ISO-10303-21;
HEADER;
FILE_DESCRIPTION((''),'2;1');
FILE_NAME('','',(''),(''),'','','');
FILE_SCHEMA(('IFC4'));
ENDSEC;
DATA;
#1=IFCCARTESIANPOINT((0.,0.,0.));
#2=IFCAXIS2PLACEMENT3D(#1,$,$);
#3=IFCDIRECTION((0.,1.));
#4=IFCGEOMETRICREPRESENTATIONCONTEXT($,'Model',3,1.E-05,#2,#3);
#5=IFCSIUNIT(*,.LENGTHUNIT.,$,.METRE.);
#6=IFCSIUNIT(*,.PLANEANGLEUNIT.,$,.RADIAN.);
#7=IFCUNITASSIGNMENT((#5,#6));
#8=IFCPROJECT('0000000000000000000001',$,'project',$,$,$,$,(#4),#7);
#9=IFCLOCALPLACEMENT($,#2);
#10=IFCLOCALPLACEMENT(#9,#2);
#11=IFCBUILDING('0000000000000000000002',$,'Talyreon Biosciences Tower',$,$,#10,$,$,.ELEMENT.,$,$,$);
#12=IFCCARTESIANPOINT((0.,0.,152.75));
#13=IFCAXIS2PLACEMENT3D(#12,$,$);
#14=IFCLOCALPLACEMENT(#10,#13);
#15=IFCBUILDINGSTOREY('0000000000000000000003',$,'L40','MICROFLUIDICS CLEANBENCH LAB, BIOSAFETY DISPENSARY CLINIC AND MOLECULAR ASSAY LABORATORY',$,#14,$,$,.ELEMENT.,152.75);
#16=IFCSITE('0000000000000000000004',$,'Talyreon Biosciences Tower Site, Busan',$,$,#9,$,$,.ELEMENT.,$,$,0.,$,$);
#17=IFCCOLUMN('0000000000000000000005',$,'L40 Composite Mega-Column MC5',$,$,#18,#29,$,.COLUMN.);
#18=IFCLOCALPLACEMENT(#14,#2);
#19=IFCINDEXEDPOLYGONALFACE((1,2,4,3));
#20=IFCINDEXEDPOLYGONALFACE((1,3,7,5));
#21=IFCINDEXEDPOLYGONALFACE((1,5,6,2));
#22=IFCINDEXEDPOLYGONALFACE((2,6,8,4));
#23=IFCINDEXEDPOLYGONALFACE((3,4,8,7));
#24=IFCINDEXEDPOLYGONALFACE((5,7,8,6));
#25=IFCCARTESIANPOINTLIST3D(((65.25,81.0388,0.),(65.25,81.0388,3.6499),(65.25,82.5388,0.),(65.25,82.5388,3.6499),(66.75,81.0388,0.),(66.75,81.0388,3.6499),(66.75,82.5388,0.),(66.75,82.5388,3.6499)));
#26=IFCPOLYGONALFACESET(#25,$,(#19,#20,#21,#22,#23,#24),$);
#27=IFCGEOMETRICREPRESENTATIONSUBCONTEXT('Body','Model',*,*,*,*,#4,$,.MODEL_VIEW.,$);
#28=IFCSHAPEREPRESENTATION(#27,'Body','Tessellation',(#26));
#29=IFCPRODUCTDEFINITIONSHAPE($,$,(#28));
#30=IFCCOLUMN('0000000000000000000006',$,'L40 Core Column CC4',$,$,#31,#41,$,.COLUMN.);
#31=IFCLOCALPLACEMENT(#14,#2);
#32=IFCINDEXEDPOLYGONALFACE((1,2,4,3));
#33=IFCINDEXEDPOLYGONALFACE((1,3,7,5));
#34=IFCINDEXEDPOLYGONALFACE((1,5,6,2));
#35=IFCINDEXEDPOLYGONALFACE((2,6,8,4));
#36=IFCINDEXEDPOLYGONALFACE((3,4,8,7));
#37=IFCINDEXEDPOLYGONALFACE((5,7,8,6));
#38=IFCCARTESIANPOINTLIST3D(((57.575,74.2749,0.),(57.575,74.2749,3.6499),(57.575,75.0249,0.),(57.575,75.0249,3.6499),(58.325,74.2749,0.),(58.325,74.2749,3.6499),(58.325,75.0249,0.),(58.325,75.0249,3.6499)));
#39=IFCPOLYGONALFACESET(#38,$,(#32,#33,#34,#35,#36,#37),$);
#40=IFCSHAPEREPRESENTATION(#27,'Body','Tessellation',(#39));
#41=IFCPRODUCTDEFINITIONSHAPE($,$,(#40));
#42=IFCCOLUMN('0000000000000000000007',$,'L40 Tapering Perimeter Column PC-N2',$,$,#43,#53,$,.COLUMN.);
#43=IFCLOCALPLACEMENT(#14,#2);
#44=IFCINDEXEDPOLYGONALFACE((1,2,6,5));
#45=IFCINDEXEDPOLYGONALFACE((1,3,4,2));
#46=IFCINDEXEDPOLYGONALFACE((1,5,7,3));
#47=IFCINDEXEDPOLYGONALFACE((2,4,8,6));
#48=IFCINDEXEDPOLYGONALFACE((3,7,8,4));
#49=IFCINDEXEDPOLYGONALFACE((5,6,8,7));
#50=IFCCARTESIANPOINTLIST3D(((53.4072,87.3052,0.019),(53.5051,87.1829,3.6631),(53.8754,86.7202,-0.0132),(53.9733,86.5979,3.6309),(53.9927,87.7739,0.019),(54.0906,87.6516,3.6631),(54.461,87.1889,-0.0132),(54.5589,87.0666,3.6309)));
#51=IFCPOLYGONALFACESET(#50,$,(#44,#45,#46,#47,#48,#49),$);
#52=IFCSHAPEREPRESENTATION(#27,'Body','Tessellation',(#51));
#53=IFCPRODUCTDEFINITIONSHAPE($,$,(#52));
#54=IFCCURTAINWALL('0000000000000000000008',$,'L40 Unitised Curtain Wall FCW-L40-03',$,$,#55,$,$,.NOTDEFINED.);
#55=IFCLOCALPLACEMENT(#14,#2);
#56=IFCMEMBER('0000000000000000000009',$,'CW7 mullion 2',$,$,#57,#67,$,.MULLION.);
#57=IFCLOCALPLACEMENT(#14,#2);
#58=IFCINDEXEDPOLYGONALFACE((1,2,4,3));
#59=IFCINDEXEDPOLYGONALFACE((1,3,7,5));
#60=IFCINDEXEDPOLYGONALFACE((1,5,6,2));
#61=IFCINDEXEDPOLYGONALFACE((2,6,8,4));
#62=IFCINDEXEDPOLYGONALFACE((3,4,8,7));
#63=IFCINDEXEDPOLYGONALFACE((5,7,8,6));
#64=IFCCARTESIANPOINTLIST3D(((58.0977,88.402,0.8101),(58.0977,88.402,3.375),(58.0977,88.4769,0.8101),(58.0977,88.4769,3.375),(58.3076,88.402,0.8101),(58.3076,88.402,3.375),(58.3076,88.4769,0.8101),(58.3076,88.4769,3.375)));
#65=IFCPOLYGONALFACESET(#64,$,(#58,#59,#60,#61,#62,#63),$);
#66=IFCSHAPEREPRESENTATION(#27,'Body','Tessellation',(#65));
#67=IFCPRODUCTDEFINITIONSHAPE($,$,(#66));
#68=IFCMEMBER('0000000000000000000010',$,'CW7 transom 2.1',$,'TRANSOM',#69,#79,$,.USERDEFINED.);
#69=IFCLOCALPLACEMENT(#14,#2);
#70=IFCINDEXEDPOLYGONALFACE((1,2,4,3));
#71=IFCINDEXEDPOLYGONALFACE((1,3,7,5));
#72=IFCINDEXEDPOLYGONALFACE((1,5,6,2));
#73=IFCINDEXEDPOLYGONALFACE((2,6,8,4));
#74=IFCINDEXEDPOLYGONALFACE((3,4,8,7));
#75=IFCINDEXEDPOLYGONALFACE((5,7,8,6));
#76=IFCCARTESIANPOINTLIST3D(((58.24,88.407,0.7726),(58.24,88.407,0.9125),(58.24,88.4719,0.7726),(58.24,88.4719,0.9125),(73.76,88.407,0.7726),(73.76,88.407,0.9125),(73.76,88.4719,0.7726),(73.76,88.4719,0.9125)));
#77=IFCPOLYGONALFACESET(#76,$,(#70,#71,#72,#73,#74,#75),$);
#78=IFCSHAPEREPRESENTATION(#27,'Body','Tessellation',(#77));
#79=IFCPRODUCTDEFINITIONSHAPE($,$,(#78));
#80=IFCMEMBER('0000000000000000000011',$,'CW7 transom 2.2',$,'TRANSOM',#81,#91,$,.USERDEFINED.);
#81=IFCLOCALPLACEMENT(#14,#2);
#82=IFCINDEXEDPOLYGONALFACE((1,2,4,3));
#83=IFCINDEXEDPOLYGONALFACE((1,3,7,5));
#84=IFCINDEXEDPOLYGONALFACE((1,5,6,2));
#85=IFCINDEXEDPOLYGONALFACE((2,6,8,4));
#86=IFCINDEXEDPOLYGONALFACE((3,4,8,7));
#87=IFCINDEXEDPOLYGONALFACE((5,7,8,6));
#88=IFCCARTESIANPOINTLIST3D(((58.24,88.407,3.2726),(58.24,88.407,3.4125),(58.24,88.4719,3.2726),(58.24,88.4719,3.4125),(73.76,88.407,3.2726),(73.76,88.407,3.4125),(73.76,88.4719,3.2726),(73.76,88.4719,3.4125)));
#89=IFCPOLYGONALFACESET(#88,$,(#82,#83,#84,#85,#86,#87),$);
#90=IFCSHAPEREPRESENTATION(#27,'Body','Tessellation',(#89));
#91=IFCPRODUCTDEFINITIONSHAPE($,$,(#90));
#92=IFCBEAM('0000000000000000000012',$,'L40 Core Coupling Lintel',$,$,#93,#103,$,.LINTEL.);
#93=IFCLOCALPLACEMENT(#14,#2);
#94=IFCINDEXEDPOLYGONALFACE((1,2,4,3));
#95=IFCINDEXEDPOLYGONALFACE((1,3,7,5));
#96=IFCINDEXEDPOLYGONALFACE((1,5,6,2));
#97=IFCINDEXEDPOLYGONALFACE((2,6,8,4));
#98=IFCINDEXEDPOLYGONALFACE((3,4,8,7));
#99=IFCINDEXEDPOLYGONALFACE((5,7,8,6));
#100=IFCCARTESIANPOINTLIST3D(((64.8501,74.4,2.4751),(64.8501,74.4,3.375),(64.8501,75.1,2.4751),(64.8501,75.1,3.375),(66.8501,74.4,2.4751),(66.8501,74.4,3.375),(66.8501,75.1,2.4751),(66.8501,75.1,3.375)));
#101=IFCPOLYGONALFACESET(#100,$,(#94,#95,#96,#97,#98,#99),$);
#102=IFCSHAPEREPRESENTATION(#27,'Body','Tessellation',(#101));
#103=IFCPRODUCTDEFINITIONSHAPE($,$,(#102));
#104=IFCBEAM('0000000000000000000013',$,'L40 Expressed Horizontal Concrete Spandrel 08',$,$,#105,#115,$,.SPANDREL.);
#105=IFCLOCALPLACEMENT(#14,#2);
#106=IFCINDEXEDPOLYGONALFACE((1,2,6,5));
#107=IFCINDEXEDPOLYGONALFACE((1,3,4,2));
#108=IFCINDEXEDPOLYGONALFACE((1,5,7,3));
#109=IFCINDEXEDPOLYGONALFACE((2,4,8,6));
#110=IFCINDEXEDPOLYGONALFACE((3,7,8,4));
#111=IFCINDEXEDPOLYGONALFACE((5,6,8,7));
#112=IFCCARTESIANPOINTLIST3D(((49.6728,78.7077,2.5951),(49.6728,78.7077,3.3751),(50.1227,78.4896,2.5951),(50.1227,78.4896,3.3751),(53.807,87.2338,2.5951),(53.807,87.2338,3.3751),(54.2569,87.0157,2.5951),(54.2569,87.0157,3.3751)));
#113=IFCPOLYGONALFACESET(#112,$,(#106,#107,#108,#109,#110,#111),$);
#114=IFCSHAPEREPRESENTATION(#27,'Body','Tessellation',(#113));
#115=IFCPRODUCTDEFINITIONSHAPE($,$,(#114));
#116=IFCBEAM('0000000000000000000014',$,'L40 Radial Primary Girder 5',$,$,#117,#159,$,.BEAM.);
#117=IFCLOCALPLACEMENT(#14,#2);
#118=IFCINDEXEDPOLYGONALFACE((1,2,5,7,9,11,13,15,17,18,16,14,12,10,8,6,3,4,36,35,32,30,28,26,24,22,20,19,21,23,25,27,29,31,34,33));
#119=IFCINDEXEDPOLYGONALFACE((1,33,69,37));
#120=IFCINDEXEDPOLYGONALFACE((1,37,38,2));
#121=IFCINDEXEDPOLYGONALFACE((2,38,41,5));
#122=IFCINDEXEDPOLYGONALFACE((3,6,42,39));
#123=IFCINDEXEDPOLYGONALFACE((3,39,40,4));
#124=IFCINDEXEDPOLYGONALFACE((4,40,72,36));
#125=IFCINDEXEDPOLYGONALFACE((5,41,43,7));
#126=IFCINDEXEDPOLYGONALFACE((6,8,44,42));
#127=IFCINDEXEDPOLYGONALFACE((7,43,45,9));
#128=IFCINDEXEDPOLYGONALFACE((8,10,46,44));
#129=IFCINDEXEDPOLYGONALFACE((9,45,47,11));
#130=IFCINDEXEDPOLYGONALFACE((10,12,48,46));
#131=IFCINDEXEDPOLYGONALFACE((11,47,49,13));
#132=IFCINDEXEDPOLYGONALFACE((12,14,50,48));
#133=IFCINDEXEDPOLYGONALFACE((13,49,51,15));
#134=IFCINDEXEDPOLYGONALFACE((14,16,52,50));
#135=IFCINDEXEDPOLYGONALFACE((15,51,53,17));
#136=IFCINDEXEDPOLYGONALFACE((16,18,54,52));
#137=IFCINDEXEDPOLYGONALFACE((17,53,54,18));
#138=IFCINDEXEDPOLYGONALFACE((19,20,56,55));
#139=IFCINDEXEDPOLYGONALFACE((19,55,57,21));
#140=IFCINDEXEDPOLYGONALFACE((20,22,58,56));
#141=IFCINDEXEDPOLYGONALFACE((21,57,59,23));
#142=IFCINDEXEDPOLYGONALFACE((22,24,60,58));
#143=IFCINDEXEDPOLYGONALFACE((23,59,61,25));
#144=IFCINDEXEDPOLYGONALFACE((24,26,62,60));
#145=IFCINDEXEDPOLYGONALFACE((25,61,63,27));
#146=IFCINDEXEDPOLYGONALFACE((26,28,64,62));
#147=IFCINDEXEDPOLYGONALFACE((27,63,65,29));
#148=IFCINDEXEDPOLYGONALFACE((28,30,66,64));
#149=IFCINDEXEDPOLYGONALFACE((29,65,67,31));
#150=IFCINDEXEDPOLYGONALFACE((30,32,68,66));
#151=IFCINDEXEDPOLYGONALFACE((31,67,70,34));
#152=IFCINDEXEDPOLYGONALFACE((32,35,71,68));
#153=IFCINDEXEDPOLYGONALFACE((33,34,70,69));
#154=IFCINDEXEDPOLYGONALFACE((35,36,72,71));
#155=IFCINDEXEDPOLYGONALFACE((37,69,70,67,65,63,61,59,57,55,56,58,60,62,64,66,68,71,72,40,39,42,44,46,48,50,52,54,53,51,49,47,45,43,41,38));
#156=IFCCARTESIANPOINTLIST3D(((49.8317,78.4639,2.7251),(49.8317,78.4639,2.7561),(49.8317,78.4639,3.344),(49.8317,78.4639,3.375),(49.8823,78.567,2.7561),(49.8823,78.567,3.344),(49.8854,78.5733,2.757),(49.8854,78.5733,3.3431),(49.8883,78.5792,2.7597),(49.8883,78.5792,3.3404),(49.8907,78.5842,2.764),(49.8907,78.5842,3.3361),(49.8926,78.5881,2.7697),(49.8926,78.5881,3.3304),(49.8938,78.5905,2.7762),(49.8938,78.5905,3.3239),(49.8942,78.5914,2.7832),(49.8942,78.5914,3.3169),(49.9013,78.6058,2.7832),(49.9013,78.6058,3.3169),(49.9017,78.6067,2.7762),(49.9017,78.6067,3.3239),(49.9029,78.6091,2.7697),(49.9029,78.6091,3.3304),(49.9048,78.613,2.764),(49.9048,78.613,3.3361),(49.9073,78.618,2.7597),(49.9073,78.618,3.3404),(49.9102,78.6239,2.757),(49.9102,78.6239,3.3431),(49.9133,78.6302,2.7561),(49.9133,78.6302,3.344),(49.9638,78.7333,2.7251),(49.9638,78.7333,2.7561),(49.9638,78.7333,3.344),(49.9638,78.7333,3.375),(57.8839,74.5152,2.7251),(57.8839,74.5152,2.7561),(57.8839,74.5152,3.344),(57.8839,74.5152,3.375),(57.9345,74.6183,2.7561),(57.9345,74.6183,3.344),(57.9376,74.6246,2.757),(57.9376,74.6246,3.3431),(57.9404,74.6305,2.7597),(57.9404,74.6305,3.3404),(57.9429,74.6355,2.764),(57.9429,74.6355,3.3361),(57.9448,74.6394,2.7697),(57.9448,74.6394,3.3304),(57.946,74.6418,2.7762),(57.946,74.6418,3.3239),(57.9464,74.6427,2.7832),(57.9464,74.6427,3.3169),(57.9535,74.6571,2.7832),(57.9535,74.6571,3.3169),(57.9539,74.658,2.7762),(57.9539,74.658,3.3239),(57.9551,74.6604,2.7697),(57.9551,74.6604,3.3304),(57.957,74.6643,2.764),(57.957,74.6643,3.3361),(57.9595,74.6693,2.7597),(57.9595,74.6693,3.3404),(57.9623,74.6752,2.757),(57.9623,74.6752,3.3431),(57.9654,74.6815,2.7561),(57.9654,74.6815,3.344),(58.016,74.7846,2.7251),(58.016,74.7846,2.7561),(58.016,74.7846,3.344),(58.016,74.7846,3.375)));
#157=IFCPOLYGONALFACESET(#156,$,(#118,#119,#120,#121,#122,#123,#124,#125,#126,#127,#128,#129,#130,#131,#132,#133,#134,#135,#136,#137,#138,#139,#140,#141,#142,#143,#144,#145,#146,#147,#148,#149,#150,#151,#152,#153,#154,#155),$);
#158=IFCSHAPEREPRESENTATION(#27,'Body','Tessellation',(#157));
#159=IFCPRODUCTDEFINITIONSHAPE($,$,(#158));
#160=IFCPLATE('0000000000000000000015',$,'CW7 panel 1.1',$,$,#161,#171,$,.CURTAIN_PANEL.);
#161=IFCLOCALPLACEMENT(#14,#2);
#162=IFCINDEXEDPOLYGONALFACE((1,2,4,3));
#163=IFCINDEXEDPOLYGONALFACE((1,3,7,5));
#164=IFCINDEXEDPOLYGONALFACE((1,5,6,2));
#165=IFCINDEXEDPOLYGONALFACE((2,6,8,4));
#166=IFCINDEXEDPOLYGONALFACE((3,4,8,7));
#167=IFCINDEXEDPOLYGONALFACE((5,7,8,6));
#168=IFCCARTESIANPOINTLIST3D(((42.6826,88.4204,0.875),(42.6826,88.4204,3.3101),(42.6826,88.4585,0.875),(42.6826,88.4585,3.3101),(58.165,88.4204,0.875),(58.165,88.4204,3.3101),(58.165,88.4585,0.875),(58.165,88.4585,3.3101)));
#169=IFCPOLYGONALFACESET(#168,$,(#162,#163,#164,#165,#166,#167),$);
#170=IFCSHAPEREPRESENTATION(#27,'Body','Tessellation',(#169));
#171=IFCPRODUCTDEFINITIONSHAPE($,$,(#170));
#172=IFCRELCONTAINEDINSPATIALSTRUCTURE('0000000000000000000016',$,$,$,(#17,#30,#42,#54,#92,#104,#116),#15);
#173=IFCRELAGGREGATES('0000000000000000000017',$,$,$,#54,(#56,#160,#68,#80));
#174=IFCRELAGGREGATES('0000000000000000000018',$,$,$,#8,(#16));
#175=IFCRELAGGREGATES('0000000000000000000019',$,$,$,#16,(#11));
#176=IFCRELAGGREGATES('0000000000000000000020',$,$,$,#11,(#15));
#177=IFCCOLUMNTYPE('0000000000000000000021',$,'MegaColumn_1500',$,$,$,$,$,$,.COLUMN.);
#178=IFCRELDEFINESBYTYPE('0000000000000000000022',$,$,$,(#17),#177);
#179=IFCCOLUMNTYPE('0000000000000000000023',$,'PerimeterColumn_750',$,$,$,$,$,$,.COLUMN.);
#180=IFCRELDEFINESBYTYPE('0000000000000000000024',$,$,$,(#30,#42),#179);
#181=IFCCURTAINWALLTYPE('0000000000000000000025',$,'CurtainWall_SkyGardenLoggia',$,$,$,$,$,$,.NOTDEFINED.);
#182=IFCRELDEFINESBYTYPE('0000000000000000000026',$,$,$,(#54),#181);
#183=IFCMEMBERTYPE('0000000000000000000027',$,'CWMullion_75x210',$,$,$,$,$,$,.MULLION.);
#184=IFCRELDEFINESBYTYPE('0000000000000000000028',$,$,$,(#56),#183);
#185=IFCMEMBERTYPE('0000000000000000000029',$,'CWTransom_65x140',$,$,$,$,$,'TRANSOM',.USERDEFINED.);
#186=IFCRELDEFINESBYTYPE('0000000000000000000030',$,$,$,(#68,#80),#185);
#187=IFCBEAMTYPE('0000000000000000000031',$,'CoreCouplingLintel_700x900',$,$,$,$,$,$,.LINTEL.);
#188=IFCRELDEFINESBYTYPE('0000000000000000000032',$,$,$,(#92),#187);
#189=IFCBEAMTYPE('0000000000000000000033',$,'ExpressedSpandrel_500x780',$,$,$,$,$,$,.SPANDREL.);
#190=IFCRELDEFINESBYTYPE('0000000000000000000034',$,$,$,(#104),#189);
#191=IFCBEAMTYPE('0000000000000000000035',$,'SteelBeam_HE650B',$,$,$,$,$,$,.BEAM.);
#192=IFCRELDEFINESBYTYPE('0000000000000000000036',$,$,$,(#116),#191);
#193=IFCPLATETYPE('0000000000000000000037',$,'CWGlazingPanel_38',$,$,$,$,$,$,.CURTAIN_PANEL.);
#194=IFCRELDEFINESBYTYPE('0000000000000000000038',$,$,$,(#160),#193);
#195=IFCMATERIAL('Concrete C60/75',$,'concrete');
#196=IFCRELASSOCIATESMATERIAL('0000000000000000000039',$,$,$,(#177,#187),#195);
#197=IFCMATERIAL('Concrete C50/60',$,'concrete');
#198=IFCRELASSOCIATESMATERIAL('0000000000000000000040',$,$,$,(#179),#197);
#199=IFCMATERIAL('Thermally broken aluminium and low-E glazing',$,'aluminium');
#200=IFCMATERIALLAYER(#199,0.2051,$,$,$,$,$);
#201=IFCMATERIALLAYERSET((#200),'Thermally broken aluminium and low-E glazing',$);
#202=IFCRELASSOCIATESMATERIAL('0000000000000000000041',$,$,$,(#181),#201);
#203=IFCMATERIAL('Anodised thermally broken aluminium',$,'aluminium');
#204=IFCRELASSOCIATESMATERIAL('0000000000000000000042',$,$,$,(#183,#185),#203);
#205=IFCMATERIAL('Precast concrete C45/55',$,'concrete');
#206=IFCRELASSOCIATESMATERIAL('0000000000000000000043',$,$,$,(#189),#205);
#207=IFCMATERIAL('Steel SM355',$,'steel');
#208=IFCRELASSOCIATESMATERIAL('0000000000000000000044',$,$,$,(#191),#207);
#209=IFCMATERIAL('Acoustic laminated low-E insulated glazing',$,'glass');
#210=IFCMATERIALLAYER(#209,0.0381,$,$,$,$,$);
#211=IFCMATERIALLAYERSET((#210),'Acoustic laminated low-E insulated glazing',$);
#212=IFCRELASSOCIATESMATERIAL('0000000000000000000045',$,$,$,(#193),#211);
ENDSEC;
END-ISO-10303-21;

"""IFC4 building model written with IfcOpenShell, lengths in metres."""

from ifc_helpers import new_model, si_unit, direction, frame, origin, origin_2d, place, context, subcontext, project, spatial, rectangle, i_section, extrude, material, layer, layer_set, material_profile, profile_set, type_object, element, aggregate, save


model = new_model("IFC4")

# Units and contexts
model_context = context("Model", 3, precision=1e-05, world=origin(), true_north=direction((0.0, 1.0)))
body_context = subcontext(model_context, "Body", "Model", "MODEL_VIEW")
ifc_project = project(units=[si_unit("LENGTHUNIT", "METRE"), si_unit("PLANEANGLEUNIT", "RADIAN")], contexts=[model_context])

# Site, building, storey
site_placement = place(None, origin())
site = spatial("IfcSite", under=ifc_project, at=site_placement, Name="Talyreon Biosciences Tower Site, Busan", CompositionType="ELEMENT", RefElevation=0.0)
building_placement = place(site_placement, origin())
building = spatial("IfcBuilding", under=site, at=building_placement, Name="Talyreon Biosciences Tower", CompositionType="ELEMENT")
storey_placement = place(building_placement, frame((0.0, 0.0, 152.75)))
storey = spatial("IfcBuildingStorey", under=building, at=storey_placement, Name="L40", Description="MICROFLUIDICS CLEANBENCH LAB, BIOSAFETY DISPENSARY CLINIC AND MOLECULAR ASSAY LABORATORY", CompositionType="ELEMENT", Elevation=152.75)

# Columns
ifc_material_1 = material(Name="Concrete C60/75", Category="concrete")
ifc_material_profile_1 = material_profile(ifc_material_1, rectangle(XDim=1.5, YDim=1.5, at=origin_2d()), Name="RC 1500x1500")
ifc_profile_set_1 = profile_set([ifc_material_profile_1], Name="Concrete C60/75")
column_type_1 = type_object("IfcColumnType", Name="MegaColumn_1500", PredefinedType="COLUMN", material=ifc_profile_set_1)
column_1_placement = place(storey_placement, frame((66.0, 81.7888, 0.0), z_axis=(0.0, 0.0, 1.0), x_axis=(1.0, 0.0, 0.0)))
element("IfcColumn", 1, at=column_1_placement, inside=storey, type_object=column_type_1, Name="L40 Composite Mega-Column MC5", PredefinedType="COLUMN", context=body_context, shape_type="SweptSolid", body=[
    extrude(rectangle(XDim=1.5, YDim=1.5, at=origin_2d()), origin(), (0.0, 0.0, 1.0), 3.6499),
])
ifc_material_2 = material(Name="Concrete C50/60", Category="concrete")
ifc_material_profile_2 = material_profile(ifc_material_2, rectangle(XDim=0.75, YDim=0.75, at=origin_2d()), Name="RC 750x750")
ifc_profile_set_2 = profile_set([ifc_material_profile_2], Name="Concrete C50/60")
column_type_2 = type_object("IfcColumnType", Name="PerimeterColumn_750", PredefinedType="COLUMN", material=ifc_profile_set_2)
column_2_placement = place(storey_placement, frame((57.95, 74.6499, 0.0), z_axis=(0.0, 0.0, 1.0), x_axis=(1.0, 0.0, 0.0)))
element("IfcColumn", 2, at=column_2_placement, inside=storey, type_object=column_type_2, Name="L40 Core Column CC4", PredefinedType="COLUMN", context=body_context, shape_type="SweptSolid", body=[
    extrude(rectangle(XDim=0.75, YDim=0.75, at=origin_2d()), origin(), (0.0, 0.0, 1.0), 3.6499),
])
column_3_placement = place(storey_placement, frame((53.9341, 87.2471, 0.0029), z_axis=(0.026841, -0.033535, 0.999077), x_axis=(-0.780717, -0.624885, 0.0)))
element("IfcColumn", 3, at=column_3_placement, inside=storey, type_object=column_type_2, Name="L40 Tapering Perimeter Column PC-N2", PredefinedType="COLUMN", context=body_context, shape_type="SweptSolid", body=[
    extrude(rectangle(XDim=0.75, YDim=0.75, at=origin_2d()), origin(), (0.0, 0.0, 1.0), 3.6475),
])

# Curtain wall, members
ifc_material_3 = material(Name="Thermally broken aluminium and low-E glazing", Category="aluminium")
ifc_layer_1 = layer(ifc_material_3, 0.2051)
ifc_layer_set_1 = layer_set([ifc_layer_1], Name="Thermally broken aluminium and low-E glazing")
curtain_wall_type = type_object("IfcCurtainWallType", Name="CurtainWall_SkyGardenLoggia", PredefinedType="NOTDEFINED", material=ifc_layer_set_1)
curtain_wall_placement = place(storey_placement, origin())
curtain_wall = element("IfcCurtainWall", 4, at=curtain_wall_placement, inside=storey, type_object=curtain_wall_type, Name="L40 Unitised Curtain Wall FCW-L40-03", PredefinedType="NOTDEFINED")
ifc_material_4 = material(Name="Anodised thermally broken aluminium", Category="aluminium")
ifc_material_profile_3 = material_profile(ifc_material_4, rectangle(XDim=0.075, YDim=0.21, at=origin_2d()), Name="ALUM MULLION 75x210")
ifc_profile_set_3 = profile_set([ifc_material_profile_3], Name="Anodised thermally broken aluminium")
member_type_1 = type_object("IfcMemberType", Name="CWMullion_75x210", PredefinedType="MULLION", material=ifc_profile_set_3)
member_1_placement = place(storey_placement, frame((58.2026, 88.4395, 0.8101), z_axis=(0.0, 0.0, 1.0), x_axis=(0.0, 1.0, 0.0)))
member_1 = element("IfcMember", 5, at=member_1_placement, type_object=member_type_1, Name="CW7 mullion 2", PredefinedType="MULLION", context=body_context, shape_type="SweptSolid", body=[
    extrude(rectangle(XDim=0.075, YDim=0.21, at=origin_2d()), origin(), (0.0, 0.0, 1.0), 2.5649),
])
ifc_material_profile_4 = material_profile(ifc_material_4, rectangle(XDim=0.0649, YDim=0.1399, at=origin_2d()), Name="ALUM TRANSOM 65x140")
ifc_profile_set_4 = profile_set([ifc_material_profile_4], Name="Anodised thermally broken aluminium")
member_type_2 = type_object("IfcMemberType", Name="CWTransom_65x140", ElementType="TRANSOM", PredefinedType="USERDEFINED", material=ifc_profile_set_4)
member_2_placement = place(storey_placement, frame((58.24, 88.4395, 0.8425), z_axis=(1.0, 0.0, 0.0), x_axis=(0.0, 1.0, 0.0)))
member_2 = element("IfcMember", 6, at=member_2_placement, type_object=member_type_2, Name="CW7 transom 2.1", ObjectType="TRANSOM", PredefinedType="USERDEFINED", context=body_context, shape_type="SweptSolid", body=[
    extrude(rectangle(XDim=0.0649, YDim=0.1399, at=origin_2d()), origin(), (0.0, 0.0, 1.0), 15.52),
])
member_3_placement = place(storey_placement, frame((58.24, 88.4395, 3.3425), z_axis=(1.0, 0.0, 0.0), x_axis=(0.0, 1.0, 0.0)))
member_3 = element("IfcMember", 7, at=member_3_placement, type_object=member_type_2, Name="CW7 transom 2.2", ObjectType="TRANSOM", PredefinedType="USERDEFINED", context=body_context, shape_type="SweptSolid", body=[
    extrude(rectangle(XDim=0.0649, YDim=0.1399, at=origin_2d()), origin(), (0.0, 0.0, 1.0), 15.52),
])

# Beams
ifc_material_profile_5 = material_profile(ifc_material_1, rectangle(XDim=0.7, YDim=0.8999, at=origin_2d()), Name="RCB 700x900")
ifc_profile_set_5 = profile_set([ifc_material_profile_5], Name="Concrete C60/75")
beam_type_1 = type_object("IfcBeamType", Name="CoreCouplingLintel_700x900", PredefinedType="LINTEL", material=ifc_profile_set_5)
beam_1_placement = place(storey_placement, frame((64.8501, 74.75, 2.925), z_axis=(1.0, 0.0, 0.0), x_axis=(0.0, 1.0, 0.0)))
element("IfcBeam", 8, at=beam_1_placement, inside=storey, type_object=beam_type_1, Name="L40 Core Coupling Lintel", PredefinedType="LINTEL", context=body_context, shape_type="SweptSolid", body=[
    extrude(rectangle(XDim=0.7, YDim=0.8999, at=origin_2d()), origin(), (0.0, 0.0, 1.0), 2.0),
])
ifc_material_5 = material(Name="Precast concrete C45/55", Category="concrete")
ifc_material_profile_6 = material_profile(ifc_material_5, rectangle(XDim=0.5, YDim=0.78, at=origin_2d()), Name="RCB 500x780")
ifc_profile_set_6 = profile_set([ifc_material_profile_6], Name="Precast concrete C45/55")
beam_type_2 = type_object("IfcBeamType", Name="ExpressedSpandrel_500x780", PredefinedType="SPANDREL", material=ifc_profile_set_6)
beam_2_placement = place(storey_placement, frame((54.032, 87.1248, 2.9851), z_axis=(-0.436308, -0.899798, 0.0), x_axis=(0.899798, -0.436308, 0.0)))
element("IfcBeam", 9, at=beam_2_placement, inside=storey, type_object=beam_type_2, Name="L40 Expressed Horizontal Concrete Spandrel 08", PredefinedType="SPANDREL", context=body_context, shape_type="SweptSolid", body=[
    extrude(rectangle(XDim=0.5, YDim=0.78, at=origin_2d()), origin(), (0.0, 0.0, 1.0), 9.4756),
])
ifc_material_6 = material(Name="Steel SM355", Category="steel")
ifc_material_profile_7 = material_profile(ifc_material_6, i_section(OverallWidth=0.3, OverallDepth=0.6499, WebThickness=0.0161, FlangeThickness=0.031, FilletRadius=0.0271, at=origin_2d()), Name="HE650B")
ifc_profile_set_7 = profile_set([ifc_material_profile_7], Name="Steel SM355")
beam_type_3 = type_object("IfcBeamType", Name="SteelBeam_HE650B", PredefinedType="BEAM", material=ifc_profile_set_7)
beam_3_placement = place(storey_placement, frame((57.95, 74.6499, 3.05), z_axis=(-0.897852, 0.440297, 0.0), x_axis=(-0.440297, -0.897852, 0.0)))
element("IfcBeam", 10, at=beam_3_placement, inside=storey, type_object=beam_type_3, Name="L40 Radial Primary Girder 5", PredefinedType="BEAM", context=body_context, shape_type="SweptSolid", body=[
    extrude(i_section(OverallWidth=0.3, OverallDepth=0.6499, WebThickness=0.0161, FlangeThickness=0.031, FilletRadius=0.0271, at=origin_2d()), origin(), (0.0, 0.0, 1.0), 8.9683),
])

# Plate
ifc_material_7 = material(Name="Acoustic laminated low-E insulated glazing", Category="glass")
ifc_layer_2 = layer(ifc_material_7, 0.0381)
ifc_layer_set_2 = layer_set([ifc_layer_2], Name="Acoustic laminated low-E insulated glazing")
plate_type = type_object("IfcPlateType", Name="CWGlazingPanel_38", PredefinedType="CURTAIN_PANEL", material=ifc_layer_set_2)
plate_placement = place(storey_placement, frame((50.4238, 88.4395, 0.875), z_axis=(0.0, 0.0, 1.0), x_axis=(1.0, 0.0, 0.0)))
plate = element("IfcPlate", 11, at=plate_placement, type_object=plate_type, Name="CW7 panel 1.1", PredefinedType="CURTAIN_PANEL", context=body_context, shape_type="SweptSolid", body=[
    extrude(rectangle(XDim=15.4824, YDim=0.0381, at=origin_2d()), origin(), (0.0, 0.0, 1.0), 2.4351),
])
aggregate(curtain_wall, [member_1, plate, member_2, member_3])

save(model, "model.ifc")
